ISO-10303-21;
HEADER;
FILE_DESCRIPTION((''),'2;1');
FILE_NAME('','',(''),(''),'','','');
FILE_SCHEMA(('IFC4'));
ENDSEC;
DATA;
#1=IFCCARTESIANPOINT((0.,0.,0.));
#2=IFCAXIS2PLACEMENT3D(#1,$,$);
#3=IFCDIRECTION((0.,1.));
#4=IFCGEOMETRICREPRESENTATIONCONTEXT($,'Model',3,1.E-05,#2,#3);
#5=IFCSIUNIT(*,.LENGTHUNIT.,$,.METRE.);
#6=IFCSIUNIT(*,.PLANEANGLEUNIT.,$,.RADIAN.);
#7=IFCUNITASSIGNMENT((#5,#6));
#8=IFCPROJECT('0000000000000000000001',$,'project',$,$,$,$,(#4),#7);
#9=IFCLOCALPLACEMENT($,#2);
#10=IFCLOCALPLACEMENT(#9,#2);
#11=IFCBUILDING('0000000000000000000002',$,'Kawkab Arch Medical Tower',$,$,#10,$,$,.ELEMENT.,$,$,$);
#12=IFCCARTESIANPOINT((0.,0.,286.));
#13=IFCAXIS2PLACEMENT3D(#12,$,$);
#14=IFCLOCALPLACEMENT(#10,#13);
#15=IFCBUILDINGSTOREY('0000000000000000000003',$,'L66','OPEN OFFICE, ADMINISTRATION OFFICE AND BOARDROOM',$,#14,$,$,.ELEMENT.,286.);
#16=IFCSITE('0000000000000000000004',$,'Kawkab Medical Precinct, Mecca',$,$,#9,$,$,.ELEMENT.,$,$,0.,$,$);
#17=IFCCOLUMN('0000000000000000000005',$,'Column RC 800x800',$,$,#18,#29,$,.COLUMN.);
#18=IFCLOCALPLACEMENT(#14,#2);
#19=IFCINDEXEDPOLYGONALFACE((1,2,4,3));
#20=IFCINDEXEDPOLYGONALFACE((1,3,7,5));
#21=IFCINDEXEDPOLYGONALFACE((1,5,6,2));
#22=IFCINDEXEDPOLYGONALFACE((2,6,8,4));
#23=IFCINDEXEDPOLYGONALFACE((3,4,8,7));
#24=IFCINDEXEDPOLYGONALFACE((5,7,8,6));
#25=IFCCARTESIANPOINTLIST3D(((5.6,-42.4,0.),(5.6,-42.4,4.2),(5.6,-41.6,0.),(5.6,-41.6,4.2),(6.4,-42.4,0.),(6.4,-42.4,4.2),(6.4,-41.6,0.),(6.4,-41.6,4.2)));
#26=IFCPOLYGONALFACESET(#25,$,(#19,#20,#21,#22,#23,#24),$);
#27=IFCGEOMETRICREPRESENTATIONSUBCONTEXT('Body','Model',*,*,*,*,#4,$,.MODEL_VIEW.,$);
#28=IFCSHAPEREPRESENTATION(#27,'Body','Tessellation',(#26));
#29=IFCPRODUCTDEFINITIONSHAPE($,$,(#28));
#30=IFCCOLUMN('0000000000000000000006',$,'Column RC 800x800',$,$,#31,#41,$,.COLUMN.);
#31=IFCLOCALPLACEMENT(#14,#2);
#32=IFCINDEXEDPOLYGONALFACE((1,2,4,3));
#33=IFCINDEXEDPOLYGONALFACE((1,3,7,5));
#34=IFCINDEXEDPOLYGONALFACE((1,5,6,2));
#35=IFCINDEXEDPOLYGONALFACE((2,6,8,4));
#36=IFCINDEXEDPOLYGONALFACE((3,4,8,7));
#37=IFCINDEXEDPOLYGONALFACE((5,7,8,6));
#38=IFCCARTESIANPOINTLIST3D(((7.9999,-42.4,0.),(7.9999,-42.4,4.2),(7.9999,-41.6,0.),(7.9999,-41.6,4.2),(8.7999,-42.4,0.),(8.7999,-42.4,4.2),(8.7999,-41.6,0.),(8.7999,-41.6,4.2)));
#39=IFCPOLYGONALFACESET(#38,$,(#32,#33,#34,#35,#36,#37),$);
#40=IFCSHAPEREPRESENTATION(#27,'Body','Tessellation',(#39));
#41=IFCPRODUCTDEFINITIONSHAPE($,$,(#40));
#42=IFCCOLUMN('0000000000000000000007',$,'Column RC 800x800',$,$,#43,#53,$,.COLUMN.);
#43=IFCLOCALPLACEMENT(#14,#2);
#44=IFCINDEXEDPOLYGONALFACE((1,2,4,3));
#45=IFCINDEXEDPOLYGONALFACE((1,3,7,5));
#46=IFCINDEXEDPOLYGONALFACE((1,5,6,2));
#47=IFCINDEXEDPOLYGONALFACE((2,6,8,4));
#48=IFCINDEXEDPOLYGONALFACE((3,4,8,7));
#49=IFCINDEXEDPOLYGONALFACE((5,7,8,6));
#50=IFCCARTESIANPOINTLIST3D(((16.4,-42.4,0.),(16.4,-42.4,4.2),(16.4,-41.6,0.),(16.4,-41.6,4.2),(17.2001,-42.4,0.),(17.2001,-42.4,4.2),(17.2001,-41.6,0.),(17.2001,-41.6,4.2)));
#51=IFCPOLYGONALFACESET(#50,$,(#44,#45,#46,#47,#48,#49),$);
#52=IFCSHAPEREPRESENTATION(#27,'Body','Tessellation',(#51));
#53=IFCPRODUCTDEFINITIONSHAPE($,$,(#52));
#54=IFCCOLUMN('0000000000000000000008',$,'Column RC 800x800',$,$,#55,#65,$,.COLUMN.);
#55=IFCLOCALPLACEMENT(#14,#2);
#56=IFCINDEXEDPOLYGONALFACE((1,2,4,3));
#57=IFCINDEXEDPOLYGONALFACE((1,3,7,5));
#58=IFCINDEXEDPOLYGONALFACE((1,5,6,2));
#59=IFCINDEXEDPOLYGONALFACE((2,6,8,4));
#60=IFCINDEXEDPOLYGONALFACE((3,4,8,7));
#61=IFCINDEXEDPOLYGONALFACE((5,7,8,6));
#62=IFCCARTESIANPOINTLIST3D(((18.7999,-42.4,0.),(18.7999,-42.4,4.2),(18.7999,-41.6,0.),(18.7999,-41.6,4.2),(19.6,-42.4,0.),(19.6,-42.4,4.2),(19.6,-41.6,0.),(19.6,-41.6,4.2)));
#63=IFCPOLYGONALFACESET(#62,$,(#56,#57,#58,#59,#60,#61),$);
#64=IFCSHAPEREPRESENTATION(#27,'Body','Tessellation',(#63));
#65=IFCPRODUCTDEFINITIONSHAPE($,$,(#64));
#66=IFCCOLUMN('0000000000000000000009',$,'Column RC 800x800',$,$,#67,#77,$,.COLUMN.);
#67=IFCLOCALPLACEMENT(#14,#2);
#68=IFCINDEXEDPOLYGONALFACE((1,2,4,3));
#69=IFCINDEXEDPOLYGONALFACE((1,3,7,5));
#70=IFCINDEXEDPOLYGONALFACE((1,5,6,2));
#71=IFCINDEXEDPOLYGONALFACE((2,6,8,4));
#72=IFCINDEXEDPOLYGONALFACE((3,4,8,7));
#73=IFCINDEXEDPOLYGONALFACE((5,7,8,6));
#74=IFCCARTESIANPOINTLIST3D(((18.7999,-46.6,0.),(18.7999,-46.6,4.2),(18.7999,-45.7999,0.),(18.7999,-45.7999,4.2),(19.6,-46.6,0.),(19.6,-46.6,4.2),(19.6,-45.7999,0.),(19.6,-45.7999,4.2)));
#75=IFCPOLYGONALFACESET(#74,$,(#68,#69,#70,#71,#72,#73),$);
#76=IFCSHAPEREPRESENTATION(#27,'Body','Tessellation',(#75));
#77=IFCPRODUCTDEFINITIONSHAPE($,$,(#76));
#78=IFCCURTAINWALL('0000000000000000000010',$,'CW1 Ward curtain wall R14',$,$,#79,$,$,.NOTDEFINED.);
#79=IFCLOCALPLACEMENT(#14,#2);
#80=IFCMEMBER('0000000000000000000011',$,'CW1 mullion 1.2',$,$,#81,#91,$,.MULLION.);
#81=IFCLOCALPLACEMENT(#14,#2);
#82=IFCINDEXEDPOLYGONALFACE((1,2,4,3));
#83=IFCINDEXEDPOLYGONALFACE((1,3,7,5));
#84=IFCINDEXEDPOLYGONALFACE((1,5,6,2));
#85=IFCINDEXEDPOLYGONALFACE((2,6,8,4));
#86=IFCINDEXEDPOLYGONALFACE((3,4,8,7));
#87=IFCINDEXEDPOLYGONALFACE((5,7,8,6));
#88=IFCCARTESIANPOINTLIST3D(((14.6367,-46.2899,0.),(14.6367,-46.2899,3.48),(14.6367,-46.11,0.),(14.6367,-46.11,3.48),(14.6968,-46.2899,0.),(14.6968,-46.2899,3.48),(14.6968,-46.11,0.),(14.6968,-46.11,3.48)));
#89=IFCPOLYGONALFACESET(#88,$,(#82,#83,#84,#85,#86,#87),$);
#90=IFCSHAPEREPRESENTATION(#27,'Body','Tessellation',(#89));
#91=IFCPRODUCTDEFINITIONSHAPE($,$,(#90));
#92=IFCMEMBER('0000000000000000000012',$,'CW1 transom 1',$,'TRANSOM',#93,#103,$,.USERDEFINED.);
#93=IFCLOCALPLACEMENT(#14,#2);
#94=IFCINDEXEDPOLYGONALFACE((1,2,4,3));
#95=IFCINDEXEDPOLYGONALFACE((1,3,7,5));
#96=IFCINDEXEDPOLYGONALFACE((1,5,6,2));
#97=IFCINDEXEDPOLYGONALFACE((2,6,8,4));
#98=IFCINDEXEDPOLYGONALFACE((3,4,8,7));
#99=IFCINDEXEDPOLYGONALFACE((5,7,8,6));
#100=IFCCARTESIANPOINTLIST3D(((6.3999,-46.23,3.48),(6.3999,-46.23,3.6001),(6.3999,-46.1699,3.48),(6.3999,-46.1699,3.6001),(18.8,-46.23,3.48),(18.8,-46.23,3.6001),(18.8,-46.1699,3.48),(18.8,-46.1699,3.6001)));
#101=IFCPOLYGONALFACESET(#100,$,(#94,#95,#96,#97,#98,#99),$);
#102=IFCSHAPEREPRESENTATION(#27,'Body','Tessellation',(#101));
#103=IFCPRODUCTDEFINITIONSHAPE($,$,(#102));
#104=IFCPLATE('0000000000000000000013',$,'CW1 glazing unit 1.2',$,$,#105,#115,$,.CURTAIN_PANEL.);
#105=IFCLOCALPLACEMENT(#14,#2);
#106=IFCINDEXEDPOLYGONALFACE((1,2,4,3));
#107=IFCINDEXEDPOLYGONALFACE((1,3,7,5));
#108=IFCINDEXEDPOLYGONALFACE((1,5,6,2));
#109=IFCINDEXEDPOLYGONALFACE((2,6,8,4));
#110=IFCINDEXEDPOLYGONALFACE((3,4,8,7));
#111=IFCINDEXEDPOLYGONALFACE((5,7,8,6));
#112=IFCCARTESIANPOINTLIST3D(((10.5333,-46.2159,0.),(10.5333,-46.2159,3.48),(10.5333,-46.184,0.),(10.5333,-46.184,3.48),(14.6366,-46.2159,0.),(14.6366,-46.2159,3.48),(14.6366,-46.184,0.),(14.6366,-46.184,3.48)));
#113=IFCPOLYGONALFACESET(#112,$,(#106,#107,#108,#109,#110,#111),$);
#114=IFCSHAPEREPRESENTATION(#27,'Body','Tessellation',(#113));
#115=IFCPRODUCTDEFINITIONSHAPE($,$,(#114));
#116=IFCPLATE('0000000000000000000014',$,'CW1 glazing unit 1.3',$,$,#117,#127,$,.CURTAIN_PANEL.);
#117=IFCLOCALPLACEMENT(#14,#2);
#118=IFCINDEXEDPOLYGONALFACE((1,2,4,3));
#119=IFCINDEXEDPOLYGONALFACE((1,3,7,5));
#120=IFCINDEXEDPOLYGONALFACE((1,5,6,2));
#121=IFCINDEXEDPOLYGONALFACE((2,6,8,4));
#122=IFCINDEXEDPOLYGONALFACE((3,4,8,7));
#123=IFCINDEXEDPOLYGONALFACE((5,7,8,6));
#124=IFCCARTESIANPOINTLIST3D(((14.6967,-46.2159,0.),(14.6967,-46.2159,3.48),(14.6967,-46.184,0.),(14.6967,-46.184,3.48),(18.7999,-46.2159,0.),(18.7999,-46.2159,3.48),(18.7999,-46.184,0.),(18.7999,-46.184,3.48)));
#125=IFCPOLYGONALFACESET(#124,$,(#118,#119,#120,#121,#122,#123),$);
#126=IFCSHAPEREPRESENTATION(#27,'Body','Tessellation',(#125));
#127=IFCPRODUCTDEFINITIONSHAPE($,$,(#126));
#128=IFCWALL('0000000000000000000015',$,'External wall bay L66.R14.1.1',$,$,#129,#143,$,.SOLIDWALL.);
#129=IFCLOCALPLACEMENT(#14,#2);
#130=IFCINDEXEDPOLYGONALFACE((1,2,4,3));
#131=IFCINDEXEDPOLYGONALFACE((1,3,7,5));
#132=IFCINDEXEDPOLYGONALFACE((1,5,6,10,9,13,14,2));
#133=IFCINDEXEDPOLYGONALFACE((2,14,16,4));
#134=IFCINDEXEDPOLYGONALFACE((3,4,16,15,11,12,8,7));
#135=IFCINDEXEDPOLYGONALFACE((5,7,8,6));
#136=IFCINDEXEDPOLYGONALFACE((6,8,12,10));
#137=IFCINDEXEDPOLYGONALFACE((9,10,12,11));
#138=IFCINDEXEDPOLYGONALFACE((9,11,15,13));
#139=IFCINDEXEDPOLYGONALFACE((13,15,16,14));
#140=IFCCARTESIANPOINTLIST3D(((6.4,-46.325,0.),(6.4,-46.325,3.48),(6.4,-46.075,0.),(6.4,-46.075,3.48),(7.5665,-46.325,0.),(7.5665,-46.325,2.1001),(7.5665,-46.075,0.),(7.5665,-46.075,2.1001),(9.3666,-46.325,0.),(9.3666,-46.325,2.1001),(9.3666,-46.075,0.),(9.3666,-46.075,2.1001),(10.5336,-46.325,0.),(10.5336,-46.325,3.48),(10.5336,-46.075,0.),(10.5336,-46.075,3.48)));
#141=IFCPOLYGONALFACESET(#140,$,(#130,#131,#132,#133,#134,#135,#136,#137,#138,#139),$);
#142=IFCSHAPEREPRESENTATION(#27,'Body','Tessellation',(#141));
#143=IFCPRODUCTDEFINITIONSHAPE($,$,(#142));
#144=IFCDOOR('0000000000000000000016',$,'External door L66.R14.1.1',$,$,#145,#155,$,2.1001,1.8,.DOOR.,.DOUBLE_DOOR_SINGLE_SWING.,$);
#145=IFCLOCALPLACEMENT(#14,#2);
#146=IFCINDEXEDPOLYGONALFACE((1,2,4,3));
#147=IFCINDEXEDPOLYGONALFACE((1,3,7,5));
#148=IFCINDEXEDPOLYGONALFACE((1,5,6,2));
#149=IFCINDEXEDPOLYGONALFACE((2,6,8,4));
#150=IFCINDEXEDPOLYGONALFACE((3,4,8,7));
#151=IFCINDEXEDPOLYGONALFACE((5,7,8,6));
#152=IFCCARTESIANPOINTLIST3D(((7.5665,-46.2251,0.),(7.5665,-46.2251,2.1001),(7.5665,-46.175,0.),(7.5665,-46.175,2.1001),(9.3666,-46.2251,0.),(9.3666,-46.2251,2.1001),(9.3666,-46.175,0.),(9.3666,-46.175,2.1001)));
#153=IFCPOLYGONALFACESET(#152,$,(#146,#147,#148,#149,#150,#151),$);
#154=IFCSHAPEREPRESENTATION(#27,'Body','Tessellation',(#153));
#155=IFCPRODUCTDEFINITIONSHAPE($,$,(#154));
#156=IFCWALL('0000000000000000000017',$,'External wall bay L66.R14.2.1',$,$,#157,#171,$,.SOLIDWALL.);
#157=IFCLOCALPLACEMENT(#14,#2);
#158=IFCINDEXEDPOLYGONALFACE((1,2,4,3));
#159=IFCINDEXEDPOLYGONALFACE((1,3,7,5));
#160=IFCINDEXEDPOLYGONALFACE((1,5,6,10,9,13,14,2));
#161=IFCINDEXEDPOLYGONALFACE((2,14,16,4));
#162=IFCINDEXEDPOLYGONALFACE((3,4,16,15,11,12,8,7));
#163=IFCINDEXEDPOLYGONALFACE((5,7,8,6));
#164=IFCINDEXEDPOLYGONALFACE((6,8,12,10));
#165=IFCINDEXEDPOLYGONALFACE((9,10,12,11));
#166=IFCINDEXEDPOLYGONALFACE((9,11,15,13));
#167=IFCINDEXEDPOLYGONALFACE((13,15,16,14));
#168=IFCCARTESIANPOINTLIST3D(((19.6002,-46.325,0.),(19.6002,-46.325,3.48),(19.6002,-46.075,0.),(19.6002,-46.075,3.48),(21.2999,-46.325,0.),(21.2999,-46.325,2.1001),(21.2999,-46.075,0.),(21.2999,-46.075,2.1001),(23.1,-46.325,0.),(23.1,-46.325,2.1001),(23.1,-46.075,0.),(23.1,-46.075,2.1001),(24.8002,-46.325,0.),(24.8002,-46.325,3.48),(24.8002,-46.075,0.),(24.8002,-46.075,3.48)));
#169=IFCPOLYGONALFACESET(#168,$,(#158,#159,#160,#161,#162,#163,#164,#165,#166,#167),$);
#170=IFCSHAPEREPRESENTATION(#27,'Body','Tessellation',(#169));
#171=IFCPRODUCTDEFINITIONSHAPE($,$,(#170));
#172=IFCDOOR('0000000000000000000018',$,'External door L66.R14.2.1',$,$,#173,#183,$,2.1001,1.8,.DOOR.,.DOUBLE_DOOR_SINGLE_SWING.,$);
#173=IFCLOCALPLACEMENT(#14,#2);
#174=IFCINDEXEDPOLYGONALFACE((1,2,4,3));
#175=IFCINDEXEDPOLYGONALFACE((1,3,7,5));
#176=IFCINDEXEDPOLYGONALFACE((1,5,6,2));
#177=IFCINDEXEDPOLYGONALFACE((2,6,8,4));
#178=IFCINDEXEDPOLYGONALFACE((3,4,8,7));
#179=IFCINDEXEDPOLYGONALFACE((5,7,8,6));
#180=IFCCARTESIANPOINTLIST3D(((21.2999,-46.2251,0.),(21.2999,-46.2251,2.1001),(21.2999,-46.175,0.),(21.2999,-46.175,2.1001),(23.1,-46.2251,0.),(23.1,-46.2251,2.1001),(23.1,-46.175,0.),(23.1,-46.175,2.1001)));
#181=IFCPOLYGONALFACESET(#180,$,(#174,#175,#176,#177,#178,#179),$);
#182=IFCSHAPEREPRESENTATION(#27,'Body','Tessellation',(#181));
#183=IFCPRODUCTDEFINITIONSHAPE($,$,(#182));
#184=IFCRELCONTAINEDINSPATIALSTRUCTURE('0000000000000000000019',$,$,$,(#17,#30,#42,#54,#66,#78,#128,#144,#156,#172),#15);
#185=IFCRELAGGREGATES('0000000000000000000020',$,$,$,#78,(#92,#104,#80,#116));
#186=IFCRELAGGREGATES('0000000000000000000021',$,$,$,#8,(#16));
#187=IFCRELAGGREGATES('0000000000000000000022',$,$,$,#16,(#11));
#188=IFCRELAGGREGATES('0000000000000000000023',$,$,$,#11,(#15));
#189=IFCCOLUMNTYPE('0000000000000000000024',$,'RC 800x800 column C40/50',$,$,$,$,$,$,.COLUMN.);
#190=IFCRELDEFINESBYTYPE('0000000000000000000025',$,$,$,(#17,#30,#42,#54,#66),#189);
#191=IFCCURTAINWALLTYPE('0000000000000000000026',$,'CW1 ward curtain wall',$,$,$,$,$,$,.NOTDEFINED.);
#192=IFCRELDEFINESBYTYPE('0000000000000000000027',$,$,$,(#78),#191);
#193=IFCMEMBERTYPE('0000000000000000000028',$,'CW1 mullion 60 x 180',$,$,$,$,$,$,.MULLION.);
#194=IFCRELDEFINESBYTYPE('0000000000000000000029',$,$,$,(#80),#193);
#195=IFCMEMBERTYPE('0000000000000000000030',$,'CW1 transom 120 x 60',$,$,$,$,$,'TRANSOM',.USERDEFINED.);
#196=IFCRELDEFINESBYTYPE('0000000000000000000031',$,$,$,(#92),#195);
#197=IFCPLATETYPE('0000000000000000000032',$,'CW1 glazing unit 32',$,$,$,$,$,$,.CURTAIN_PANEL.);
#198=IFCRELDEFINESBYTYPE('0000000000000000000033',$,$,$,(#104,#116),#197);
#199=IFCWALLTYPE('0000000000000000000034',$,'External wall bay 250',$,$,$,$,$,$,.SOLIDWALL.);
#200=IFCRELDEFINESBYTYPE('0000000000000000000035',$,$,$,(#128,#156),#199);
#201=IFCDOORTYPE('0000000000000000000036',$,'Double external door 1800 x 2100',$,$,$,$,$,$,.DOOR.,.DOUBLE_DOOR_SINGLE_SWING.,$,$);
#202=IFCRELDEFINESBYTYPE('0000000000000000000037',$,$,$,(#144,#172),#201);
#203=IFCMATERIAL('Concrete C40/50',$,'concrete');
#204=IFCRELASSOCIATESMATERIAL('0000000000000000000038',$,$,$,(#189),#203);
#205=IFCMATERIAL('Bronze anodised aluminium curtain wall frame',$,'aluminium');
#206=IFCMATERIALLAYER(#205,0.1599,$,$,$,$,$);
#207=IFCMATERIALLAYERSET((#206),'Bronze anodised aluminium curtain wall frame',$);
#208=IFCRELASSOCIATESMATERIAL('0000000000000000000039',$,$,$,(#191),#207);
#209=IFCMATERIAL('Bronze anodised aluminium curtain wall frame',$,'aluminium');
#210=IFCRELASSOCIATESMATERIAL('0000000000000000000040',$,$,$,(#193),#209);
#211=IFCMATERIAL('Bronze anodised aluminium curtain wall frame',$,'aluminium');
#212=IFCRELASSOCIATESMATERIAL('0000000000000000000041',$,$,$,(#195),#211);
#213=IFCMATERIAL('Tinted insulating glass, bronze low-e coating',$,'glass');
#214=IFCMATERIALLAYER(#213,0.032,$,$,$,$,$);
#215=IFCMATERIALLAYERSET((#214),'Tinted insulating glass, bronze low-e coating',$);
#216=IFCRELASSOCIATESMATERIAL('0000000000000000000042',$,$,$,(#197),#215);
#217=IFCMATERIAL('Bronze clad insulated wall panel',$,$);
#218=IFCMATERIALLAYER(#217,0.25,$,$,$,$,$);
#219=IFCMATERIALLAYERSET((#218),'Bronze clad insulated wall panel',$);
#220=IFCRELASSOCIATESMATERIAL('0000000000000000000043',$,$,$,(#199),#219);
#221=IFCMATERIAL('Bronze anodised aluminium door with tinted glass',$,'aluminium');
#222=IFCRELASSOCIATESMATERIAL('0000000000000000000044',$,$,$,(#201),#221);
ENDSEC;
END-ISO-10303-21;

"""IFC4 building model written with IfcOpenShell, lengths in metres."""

from ifc_helpers import new_model, si_unit, direction, frame, frame_2d, origin, origin_2d, place, context, subcontext, project, spatial, rectangle, extrude, material, layer, layer_set, material_profile, profile_set, type_object, element, fill, aggregate, save


model = new_model("IFC4")

# Units and contexts
model_context = context("Model", 3, precision=1e-05, world=origin(), true_north=direction((0.0, 1.0)))
body_context = subcontext(model_context, "Body", "Model", "MODEL_VIEW")
ifc_project = project(units=[si_unit("LENGTHUNIT", "METRE"), si_unit("PLANEANGLEUNIT", "RADIAN")], contexts=[model_context])

# Site, building, storey
site_placement = place(None, origin())
site = spatial("IfcSite", under=ifc_project, at=site_placement, Name="Kawkab Medical Precinct, Mecca", CompositionType="ELEMENT", RefElevation=0.0)
building_placement = place(site_placement, origin())
building = spatial("IfcBuilding", under=site, at=building_placement, Name="Kawkab Arch Medical Tower", CompositionType="ELEMENT")
storey_placement = place(building_placement, frame((0.0, 0.0, 286.0)))
storey = spatial("IfcBuildingStorey", under=building, at=storey_placement, Name="L66", Description="OPEN OFFICE, ADMINISTRATION OFFICE AND BOARDROOM", CompositionType="ELEMENT", Elevation=286.0)

# Columns
ifc_material_1 = material(Name="Concrete C40/50", Category="concrete")
ifc_material_profile_1 = material_profile(ifc_material_1, rectangle(XDim=0.8, YDim=0.8, at=origin_2d()), Name="RC 800x800")
ifc_profile_set_1 = profile_set([ifc_material_profile_1], Name="Concrete C40/50")
column_type = type_object("IfcColumnType", Name="RC 800x800 column C40/50", PredefinedType="COLUMN", material=ifc_profile_set_1)
for number, where, z_axis, x_axis, name in (
    (1, (6.0, -42.0, 0.0), (0.0, 0.0, 1.0), (1.0, 0.0, 0.0), "Column RC 800x800"),
    (2, (8.3999, -42.0, 0.0), (0.0, 0.0, 1.0), (1.0, 0.0, 0.0), "Column RC 800x800"),
    (3, (16.8, -42.0, 0.0), (0.0, 0.0, 1.0), (1.0, 0.0, 0.0), "Column RC 800x800"),
    (4, (19.2, -42.0, 0.0), (0.0, 0.0, 1.0), (1.0, 0.0, 0.0), "Column RC 800x800"),
    (5, (19.2, -46.2, 0.0), (0.0, 0.0, 1.0), (1.0, 0.0, 0.0), "Column RC 800x800"),
):
    element("IfcColumn", number, at=place(storey_placement, frame(where, z_axis=z_axis, x_axis=x_axis)), inside=storey, type_object=column_type, Name=name, PredefinedType="COLUMN", context=body_context, shape_type="SweptSolid", body=[
        extrude(rectangle(XDim=0.8, YDim=0.8, at=origin_2d()), origin(), (0.0, 0.0, 1.0), 4.2),
    ])

# Curtain wall, members, plates
ifc_material_2 = material(Name="Bronze anodised aluminium curtain wall frame", Category="aluminium")
ifc_layer_1 = layer(ifc_material_2, 0.1599)
ifc_layer_set_1 = layer_set([ifc_layer_1], Name="Bronze anodised aluminium curtain wall frame")
curtain_wall_type = type_object("IfcCurtainWallType", Name="CW1 ward curtain wall", PredefinedType="NOTDEFINED", material=ifc_layer_set_1)
curtain_wall_placement = place(storey_placement, origin())
curtain_wall = element("IfcCurtainWall", 6, at=curtain_wall_placement, inside=storey, type_object=curtain_wall_type, Name="CW1 Ward curtain wall R14", PredefinedType="NOTDEFINED")
ifc_material_3 = material(Name="Bronze anodised aluminium curtain wall frame", Category="aluminium")
ifc_material_profile_2 = material_profile(ifc_material_3, rectangle(XDim=0.1799, YDim=0.0601, at=origin_2d()), Name="AL 60x180")
ifc_profile_set_2 = profile_set([ifc_material_profile_2], Name="Bronze anodised aluminium curtain wall frame")
member_type_1 = type_object("IfcMemberType", Name="CW1 mullion 60 x 180", PredefinedType="MULLION", material=ifc_profile_set_2)
member_1_placement = place(storey_placement, frame((14.6667, -46.2, 0.0), z_axis=(0.0, 0.0, 1.0), x_axis=(0.0, 1.0, 0.0)))
member_1 = element("IfcMember", 7, at=member_1_placement, type_object=member_type_1, Name="CW1 mullion 1.2", PredefinedType="MULLION", context=body_context, shape_type="SweptSolid", body=[
    extrude(rectangle(XDim=0.1799, YDim=0.0601, at=origin_2d()), origin(), (0.0, 0.0, 1.0), 3.48),
])
ifc_material_4 = material(Name="Bronze anodised aluminium curtain wall frame", Category="aluminium")
ifc_material_profile_3 = material_profile(ifc_material_4, rectangle(XDim=0.0601, YDim=0.1201, at=origin_2d()), Name="AL 60x120")
ifc_profile_set_3 = profile_set([ifc_material_profile_3], Name="Bronze anodised aluminium curtain wall frame")
member_type_2 = type_object("IfcMemberType", Name="CW1 transom 120 x 60", ElementType="TRANSOM", PredefinedType="USERDEFINED", material=ifc_profile_set_3)
member_2_placement = place(storey_placement, frame((6.3999, -46.2, 3.54), z_axis=(1.0, 0.0, 0.0), x_axis=(0.0, 1.0, 0.0)))
member_2 = element("IfcMember", 8, at=member_2_placement, type_object=member_type_2, Name="CW1 transom 1", ObjectType="TRANSOM", PredefinedType="USERDEFINED", context=body_context, shape_type="SweptSolid", body=[
    extrude(rectangle(XDim=0.0601, YDim=0.1201, at=origin_2d()), origin(), (0.0, 0.0, 1.0), 12.4001),
])
ifc_material_5 = material(Name="Tinted insulating glass, bronze low-e coating", Category="glass")
ifc_layer_2 = layer(ifc_material_5, 0.032)
ifc_layer_set_2 = layer_set([ifc_layer_2], Name="Tinted insulating glass, bronze low-e coating")
plate_type = type_object("IfcPlateType", Name="CW1 glazing unit 32", PredefinedType="CURTAIN_PANEL", material=ifc_layer_set_2)
plate_1_placement = place(storey_placement, frame((12.585, -46.2, 0.0), z_axis=(0.0, 0.0, 1.0), x_axis=(1.0, 0.0, 0.0)))
plate_1 = element("IfcPlate", 9, at=plate_1_placement, type_object=plate_type, Name="CW1 glazing unit 1.2", PredefinedType="CURTAIN_PANEL", context=body_context, shape_type="SweptSolid", body=[
    extrude(rectangle(XDim=4.1033, YDim=0.032, at=origin_2d()), origin(), (0.0, 0.0, 1.0), 3.48),
])
plate_2_placement = place(storey_placement, frame((16.7483, -46.2, 0.0), z_axis=(0.0, 0.0, 1.0), x_axis=(1.0, 0.0, 0.0)))
plate_2 = element("IfcPlate", 10, at=plate_2_placement, type_object=plate_type, Name="CW1 glazing unit 1.3", PredefinedType="CURTAIN_PANEL", context=body_context, shape_type="SweptSolid", body=[
    extrude(rectangle(XDim=4.1033, YDim=0.032, at=origin_2d()), origin(), (0.0, 0.0, 1.0), 3.48),
])
aggregate(curtain_wall, [member_2, plate_1, member_1, plate_2])

# Walls, openings, doors
ifc_material_6 = material(Name="Bronze clad insulated wall panel")
ifc_layer_3 = layer(ifc_material_6, 0.25)
ifc_layer_set_3 = layer_set([ifc_layer_3], Name="Bronze clad insulated wall panel")
wall_type_1 = type_object("IfcWallType", Name="External wall bay 250", PredefinedType="SOLIDWALL", material=ifc_layer_set_3)
wall_1_placement = place(storey_placement, frame((6.3999, -46.2, 0.0), z_axis=(0.0, 0.0, 1.0), x_axis=(1.0, 0.0, 0.0)))
wall_1 = element("IfcWall", 11, at=wall_1_placement, inside=storey, type_object=wall_type_1, Name="External wall bay L66.R14.1.1", PredefinedType="SOLIDWALL", context=body_context, shape_type="SweptSolid", body=[
    extrude(rectangle(XDim=4.1335, YDim=0.25, at=frame_2d((2.0669, 0.0))), origin(), (0.0, 0.0, 1.0), 3.48),
])
opening_1_placement = place(wall_1_placement, frame((1.1667, 0.0, 0.0)))
opening_1 = element("IfcOpeningElement", 12, at=opening_1_placement, cuts=wall_1, PredefinedType="OPENING", context=body_context, shape_type="SweptSolid", body=[
    extrude(rectangle(XDim=1.8, YDim=2.1001, at=frame_2d((0.8999, 1.05))), frame((0.0, 0.135, 0.0), z_axis=(0.0, -1.0, 0.0), x_axis=(1.0, 0.0, 0.0)), (0.0, 0.0, 1.0), 0.27),
])
ifc_material_7 = material(Name="Bronze anodised aluminium door with tinted glass", Category="aluminium")
door_type_1 = type_object("IfcDoorType", Name="Double external door 1800 x 2100", OperationType="DOUBLE_DOOR_SINGLE_SWING", PredefinedType="DOOR", material=ifc_material_7)
door_1_placement = place(opening_1_placement, origin())
door_1 = element("IfcDoor", 13, at=door_1_placement, inside=storey, type_object=door_type_1, Name="External door L66.R14.1.1", OperationType="DOUBLE_DOOR_SINGLE_SWING", OverallHeight=2.1001, OverallWidth=1.8, PredefinedType="DOOR", context=body_context, shape_type="SweptSolid", body=[
    extrude(rectangle(XDim=1.8, YDim=2.1001, at=frame_2d((0.8999, 1.05))), frame((0.0, 0.0249, 0.0), z_axis=(0.0, -1.0, 0.0), x_axis=(1.0, 0.0, 0.0)), (0.0, 0.0, 1.0), 0.05),
])
fill(opening_1, door_1)
wall_2_placement = place(storey_placement, frame((19.6001, -46.2, 0.0), z_axis=(0.0, 0.0, 1.0), x_axis=(1.0, 0.0, 0.0)))
wall_2 = element("IfcWall", 14, at=wall_2_placement, inside=storey, type_object=wall_type_1, Name="External wall bay L66.R14.2.1", PredefinedType="SOLIDWALL", context=body_context, shape_type="SweptSolid", body=[
    extrude(rectangle(XDim=5.2, YDim=0.25, at=frame_2d((2.6001, 0.0))), origin(), (0.0, 0.0, 1.0), 3.48),
])
opening_2_placement = place(wall_2_placement, frame((1.7, 0.0, 0.0)))
opening_2 = element("IfcOpeningElement", 15, at=opening_2_placement, cuts=wall_2, PredefinedType="OPENING", context=body_context, shape_type="SweptSolid", body=[
    extrude(rectangle(XDim=1.8, YDim=2.1001, at=frame_2d((0.8999, 1.05))), frame((0.0, 0.135, 0.0), z_axis=(0.0, -1.0, 0.0), x_axis=(1.0, 0.0, 0.0)), (0.0, 0.0, 1.0), 0.27),
])
door_2_placement = place(opening_2_placement, origin())
door_2 = element("IfcDoor", 16, at=door_2_placement, inside=storey, type_object=door_type_1, Name="External door L66.R14.2.1", OperationType="DOUBLE_DOOR_SINGLE_SWING", OverallHeight=2.1001, OverallWidth=1.8, PredefinedType="DOOR", context=body_context, shape_type="SweptSolid", body=[
    extrude(rectangle(XDim=1.8, YDim=2.1001, at=frame_2d((0.8999, 1.05))), frame((0.0, 0.0249, 0.0), z_axis=(0.0, -1.0, 0.0), x_axis=(1.0, 0.0, 0.0)), (0.0, 0.0, 1.0), 0.05),
])
fill(opening_2, door_2)

save(model, "model.ifc")
